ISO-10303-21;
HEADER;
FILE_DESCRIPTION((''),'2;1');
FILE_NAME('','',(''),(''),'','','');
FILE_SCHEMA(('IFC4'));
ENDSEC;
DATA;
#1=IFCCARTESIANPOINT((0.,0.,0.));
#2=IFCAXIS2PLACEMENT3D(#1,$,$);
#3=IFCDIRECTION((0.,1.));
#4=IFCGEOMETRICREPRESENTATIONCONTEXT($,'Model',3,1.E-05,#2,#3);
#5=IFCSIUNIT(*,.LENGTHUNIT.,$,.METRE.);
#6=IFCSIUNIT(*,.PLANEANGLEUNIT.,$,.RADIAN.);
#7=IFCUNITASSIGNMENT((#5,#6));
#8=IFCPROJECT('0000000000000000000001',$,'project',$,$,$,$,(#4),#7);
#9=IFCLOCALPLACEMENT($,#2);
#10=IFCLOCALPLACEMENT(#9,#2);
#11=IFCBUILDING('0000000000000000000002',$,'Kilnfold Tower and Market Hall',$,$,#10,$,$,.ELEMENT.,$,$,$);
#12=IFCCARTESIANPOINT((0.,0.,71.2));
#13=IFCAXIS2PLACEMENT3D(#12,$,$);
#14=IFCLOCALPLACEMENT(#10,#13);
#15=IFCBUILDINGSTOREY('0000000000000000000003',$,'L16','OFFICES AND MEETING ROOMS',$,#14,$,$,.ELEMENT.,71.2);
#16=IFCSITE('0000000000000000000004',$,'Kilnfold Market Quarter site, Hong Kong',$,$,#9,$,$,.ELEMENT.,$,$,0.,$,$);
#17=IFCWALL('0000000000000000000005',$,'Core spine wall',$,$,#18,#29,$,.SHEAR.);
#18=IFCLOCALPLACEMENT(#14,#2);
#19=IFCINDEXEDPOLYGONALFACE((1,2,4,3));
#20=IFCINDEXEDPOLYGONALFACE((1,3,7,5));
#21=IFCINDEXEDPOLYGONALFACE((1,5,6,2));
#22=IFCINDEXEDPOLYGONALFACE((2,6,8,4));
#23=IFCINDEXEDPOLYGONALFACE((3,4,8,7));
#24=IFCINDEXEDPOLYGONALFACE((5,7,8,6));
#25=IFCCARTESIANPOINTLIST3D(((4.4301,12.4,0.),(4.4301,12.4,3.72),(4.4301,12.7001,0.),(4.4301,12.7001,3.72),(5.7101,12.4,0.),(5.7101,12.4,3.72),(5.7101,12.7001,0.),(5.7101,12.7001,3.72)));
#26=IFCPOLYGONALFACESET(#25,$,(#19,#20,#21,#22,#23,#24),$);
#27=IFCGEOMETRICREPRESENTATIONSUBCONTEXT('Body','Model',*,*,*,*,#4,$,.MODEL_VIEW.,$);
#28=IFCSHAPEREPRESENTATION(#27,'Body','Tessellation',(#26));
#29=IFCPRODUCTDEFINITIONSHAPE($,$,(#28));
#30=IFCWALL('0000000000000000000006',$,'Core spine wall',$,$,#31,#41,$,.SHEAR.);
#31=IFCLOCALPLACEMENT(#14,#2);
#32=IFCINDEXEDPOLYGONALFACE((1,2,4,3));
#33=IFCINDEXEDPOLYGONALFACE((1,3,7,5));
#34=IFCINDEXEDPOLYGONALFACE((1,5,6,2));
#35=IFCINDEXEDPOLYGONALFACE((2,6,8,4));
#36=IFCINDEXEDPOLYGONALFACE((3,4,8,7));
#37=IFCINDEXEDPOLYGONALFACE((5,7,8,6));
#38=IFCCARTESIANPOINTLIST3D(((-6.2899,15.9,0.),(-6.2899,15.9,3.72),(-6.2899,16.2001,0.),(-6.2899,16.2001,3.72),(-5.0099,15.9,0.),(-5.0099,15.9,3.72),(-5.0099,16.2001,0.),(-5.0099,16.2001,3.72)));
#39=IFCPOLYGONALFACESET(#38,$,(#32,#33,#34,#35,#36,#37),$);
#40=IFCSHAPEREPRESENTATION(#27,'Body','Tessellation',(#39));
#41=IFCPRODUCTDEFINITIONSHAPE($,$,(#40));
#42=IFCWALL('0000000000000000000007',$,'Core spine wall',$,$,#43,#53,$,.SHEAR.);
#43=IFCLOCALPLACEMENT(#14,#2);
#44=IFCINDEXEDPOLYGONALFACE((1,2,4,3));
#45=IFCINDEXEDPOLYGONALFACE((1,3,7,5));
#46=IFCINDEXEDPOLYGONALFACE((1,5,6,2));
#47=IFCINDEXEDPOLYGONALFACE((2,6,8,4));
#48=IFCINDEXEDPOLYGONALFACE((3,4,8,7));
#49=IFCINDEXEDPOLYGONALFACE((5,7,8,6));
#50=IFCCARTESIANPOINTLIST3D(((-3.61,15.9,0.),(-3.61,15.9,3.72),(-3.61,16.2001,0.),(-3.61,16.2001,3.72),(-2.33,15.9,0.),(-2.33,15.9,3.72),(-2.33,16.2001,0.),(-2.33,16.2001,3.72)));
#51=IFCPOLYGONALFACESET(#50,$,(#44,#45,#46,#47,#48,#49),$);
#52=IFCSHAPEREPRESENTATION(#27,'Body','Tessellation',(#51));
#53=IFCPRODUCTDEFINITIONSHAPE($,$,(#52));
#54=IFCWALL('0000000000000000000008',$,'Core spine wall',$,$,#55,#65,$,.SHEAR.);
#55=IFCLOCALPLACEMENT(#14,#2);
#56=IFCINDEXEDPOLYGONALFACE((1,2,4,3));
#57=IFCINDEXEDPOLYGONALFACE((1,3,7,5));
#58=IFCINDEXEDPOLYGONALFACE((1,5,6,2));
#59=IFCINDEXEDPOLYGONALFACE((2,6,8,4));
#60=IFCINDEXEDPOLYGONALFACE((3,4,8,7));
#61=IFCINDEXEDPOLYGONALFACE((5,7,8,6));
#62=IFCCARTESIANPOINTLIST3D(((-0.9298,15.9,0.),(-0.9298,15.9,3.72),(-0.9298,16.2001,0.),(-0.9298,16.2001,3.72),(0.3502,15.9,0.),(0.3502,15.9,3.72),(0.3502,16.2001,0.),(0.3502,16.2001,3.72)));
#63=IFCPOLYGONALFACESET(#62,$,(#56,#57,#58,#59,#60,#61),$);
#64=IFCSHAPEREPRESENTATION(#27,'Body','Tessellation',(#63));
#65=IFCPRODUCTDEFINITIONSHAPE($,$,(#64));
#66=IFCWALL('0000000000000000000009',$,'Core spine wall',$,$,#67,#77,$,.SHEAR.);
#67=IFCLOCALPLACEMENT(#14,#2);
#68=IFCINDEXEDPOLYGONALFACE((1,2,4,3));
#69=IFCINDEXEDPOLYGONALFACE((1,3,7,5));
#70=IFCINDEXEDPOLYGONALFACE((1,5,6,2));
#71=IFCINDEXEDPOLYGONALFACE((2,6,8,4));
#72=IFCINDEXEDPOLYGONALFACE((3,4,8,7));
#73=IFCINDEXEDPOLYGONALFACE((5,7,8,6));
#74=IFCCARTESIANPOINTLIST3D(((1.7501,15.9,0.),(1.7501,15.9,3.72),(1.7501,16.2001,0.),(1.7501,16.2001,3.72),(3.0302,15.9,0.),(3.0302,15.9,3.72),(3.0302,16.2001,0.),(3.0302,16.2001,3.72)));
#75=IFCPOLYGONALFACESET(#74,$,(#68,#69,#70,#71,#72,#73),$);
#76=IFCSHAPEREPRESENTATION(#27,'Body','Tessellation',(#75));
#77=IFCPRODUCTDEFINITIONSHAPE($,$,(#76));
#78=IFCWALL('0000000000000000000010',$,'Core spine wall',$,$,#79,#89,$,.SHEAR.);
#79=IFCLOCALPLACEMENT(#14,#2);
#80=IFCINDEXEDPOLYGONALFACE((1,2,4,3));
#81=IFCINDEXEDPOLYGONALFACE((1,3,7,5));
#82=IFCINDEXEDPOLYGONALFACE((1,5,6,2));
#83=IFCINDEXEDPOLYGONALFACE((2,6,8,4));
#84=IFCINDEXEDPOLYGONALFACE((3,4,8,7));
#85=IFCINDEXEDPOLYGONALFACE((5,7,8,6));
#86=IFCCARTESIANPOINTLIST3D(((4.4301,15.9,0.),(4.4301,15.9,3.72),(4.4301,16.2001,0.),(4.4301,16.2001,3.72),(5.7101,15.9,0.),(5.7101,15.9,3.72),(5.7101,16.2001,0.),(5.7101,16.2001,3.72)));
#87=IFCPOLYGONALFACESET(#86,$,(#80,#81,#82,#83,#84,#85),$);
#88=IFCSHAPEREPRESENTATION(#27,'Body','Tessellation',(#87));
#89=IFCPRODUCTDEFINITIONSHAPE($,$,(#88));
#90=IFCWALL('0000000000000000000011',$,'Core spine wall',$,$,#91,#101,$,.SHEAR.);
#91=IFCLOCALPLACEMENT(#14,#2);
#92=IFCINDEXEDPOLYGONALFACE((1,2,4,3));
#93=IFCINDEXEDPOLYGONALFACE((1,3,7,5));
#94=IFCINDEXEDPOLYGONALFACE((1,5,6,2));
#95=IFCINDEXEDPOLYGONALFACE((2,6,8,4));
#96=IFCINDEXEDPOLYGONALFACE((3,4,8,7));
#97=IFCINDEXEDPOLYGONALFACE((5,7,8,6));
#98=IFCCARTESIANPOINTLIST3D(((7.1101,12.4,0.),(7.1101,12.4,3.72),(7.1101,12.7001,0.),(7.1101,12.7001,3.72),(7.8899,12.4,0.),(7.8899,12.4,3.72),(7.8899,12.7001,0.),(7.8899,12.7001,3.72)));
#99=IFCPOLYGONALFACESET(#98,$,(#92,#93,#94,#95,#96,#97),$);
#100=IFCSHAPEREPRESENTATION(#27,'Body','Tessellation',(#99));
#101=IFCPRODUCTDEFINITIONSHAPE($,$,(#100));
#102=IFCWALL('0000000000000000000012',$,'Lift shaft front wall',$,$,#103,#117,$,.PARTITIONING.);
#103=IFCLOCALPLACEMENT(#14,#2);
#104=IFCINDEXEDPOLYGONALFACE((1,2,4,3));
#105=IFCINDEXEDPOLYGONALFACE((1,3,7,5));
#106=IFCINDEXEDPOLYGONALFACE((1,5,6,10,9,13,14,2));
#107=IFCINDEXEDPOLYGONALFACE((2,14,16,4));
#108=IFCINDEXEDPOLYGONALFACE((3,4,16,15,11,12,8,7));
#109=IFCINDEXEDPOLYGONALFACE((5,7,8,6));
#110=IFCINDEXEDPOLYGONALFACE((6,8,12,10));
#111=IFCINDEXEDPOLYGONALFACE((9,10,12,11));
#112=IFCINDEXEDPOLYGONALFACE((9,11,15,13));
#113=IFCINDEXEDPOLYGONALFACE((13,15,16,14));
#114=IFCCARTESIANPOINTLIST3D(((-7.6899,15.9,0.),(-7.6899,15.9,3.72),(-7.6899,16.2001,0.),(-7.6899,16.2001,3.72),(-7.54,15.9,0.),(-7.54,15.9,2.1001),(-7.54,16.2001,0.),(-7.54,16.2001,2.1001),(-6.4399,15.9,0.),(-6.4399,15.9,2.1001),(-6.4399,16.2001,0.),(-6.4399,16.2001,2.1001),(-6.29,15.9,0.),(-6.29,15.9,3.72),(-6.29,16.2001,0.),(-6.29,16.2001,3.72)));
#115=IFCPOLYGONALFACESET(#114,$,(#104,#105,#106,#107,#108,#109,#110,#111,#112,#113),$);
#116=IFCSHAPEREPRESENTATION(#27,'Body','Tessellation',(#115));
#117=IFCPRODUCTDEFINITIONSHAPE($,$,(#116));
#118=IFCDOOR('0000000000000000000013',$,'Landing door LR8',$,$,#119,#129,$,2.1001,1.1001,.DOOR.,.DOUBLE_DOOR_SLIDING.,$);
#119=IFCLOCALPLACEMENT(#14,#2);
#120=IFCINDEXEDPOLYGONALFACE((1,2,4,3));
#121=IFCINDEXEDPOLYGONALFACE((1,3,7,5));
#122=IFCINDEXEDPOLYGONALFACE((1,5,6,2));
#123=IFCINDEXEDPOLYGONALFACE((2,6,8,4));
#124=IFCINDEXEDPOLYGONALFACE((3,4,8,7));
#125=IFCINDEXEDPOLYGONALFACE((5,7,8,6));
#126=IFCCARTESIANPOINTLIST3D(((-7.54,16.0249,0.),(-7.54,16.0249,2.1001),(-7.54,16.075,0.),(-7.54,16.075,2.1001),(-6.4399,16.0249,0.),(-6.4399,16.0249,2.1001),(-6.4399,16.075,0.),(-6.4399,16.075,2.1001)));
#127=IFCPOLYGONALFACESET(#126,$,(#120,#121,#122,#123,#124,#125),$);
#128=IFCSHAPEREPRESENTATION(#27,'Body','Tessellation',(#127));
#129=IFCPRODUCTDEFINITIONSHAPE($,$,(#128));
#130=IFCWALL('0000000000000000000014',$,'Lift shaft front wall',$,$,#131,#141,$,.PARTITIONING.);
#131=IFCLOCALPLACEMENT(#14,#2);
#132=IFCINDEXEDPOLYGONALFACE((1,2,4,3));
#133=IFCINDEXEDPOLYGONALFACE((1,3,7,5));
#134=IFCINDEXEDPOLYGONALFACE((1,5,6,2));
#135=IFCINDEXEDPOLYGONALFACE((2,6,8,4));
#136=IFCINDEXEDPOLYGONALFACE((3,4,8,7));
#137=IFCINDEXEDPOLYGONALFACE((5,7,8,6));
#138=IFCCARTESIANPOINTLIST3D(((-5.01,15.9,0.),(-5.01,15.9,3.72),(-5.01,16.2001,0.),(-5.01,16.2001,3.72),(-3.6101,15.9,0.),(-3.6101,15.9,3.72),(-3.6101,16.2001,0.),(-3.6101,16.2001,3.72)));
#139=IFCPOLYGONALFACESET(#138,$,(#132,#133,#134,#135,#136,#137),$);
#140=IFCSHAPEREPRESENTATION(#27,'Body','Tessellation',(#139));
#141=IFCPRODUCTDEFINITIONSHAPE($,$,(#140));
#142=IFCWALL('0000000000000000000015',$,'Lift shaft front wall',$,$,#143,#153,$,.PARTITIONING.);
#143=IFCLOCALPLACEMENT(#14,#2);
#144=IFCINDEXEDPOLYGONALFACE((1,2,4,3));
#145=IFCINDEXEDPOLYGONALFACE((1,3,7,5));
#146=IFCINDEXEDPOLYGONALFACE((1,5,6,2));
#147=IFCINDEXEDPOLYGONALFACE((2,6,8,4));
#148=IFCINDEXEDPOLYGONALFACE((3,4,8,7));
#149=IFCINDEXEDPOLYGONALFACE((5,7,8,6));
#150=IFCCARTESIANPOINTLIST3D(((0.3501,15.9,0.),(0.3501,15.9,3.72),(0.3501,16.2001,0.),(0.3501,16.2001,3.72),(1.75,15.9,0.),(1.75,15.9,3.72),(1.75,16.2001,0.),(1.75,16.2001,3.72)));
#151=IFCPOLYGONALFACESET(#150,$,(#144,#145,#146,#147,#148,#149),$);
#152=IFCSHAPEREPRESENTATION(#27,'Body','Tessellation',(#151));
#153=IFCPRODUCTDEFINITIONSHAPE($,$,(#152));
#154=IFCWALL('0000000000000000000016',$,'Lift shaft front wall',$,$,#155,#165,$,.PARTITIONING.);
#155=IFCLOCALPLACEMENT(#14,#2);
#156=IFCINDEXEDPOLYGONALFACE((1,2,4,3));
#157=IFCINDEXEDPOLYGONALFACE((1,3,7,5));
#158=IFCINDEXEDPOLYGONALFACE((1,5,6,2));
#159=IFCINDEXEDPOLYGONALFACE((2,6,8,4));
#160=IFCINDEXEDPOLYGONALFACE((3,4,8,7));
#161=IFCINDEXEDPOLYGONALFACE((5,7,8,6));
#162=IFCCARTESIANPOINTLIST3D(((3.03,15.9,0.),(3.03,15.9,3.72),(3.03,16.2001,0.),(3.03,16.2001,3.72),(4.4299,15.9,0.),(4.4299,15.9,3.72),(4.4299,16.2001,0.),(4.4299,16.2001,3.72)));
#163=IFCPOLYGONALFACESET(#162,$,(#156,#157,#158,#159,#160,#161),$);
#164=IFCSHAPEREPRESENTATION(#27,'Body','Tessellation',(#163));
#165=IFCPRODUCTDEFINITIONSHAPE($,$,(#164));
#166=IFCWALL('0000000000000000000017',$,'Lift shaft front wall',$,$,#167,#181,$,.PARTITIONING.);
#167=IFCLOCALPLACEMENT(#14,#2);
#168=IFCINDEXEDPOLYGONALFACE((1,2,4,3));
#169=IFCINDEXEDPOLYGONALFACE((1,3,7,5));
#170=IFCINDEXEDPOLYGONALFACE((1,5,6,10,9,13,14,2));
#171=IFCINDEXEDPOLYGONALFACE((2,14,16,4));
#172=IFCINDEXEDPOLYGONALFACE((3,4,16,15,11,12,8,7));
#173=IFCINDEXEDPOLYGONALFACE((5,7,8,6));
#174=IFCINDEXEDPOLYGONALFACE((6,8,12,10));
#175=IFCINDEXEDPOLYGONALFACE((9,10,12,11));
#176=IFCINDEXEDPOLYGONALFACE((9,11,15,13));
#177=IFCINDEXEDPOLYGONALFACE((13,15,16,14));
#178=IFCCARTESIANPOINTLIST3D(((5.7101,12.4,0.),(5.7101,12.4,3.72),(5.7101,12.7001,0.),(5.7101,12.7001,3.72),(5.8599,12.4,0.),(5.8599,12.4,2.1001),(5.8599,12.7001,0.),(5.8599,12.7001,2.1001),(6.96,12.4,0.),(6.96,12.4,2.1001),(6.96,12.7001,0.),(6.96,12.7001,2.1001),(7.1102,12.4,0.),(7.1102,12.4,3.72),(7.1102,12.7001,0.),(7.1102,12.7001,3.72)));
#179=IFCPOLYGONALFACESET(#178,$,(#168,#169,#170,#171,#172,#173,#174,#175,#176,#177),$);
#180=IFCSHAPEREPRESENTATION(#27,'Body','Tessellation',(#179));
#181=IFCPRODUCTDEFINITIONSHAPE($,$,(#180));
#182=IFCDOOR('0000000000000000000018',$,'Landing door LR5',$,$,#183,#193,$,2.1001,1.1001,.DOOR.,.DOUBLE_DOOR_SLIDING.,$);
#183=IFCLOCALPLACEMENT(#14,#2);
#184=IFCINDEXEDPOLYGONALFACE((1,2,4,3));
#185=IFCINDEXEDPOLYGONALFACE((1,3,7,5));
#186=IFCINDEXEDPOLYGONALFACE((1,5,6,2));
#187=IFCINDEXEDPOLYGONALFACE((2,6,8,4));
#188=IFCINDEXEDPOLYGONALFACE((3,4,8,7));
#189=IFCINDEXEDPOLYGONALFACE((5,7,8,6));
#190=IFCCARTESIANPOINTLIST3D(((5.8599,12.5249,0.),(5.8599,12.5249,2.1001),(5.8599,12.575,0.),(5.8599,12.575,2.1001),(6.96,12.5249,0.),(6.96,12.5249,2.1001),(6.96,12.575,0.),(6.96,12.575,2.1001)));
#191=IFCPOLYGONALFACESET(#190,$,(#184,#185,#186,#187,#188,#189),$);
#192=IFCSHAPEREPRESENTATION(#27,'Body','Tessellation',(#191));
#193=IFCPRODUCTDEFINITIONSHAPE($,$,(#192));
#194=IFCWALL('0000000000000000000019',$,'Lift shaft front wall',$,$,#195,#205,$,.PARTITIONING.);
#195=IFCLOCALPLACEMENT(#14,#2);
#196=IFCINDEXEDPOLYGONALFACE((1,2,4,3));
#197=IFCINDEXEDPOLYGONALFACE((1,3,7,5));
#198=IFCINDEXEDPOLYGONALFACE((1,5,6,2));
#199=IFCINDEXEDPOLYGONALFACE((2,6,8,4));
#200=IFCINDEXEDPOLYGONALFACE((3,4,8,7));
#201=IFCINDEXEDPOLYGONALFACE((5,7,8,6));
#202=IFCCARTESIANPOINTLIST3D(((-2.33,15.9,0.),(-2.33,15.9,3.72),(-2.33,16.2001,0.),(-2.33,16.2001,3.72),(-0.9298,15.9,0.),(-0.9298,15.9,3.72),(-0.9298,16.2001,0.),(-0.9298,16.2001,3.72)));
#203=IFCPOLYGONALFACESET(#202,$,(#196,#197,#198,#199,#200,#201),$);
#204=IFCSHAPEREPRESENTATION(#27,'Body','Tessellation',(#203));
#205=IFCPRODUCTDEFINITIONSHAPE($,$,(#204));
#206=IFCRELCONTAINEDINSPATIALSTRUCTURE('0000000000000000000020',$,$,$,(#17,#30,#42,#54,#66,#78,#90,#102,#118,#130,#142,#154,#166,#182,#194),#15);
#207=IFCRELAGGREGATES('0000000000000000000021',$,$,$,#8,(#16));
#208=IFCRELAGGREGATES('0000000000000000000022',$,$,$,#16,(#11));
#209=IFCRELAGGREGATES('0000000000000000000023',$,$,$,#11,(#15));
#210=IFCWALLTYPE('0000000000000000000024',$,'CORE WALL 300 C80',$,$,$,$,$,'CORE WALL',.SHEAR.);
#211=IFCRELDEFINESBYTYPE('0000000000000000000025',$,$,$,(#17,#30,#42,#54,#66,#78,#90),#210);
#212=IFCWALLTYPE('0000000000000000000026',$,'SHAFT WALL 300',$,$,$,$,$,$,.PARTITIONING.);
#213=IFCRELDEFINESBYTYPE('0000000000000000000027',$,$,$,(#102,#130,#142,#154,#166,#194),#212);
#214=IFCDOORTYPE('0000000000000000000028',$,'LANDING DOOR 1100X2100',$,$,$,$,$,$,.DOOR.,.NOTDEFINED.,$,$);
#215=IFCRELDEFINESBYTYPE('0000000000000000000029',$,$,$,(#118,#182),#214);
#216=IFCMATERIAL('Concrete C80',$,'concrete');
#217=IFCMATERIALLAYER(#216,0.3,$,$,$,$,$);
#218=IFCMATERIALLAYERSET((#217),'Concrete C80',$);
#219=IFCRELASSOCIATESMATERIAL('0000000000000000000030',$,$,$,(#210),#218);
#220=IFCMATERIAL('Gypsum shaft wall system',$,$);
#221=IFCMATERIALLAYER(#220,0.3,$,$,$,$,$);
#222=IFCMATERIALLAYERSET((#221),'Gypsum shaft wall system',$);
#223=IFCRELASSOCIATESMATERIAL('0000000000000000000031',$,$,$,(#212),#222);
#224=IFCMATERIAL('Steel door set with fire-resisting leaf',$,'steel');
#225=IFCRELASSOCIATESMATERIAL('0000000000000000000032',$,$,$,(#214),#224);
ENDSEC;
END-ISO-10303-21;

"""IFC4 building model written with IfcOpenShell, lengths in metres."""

from ifc_helpers import new_model, si_unit, direction, frame, frame_2d, origin, place, context, subcontext, project, spatial, rectangle, extrude, source, transform, mapped, material, layer, layer_set, type_object, element, fill, save


model = new_model("IFC4")

# Units and contexts
model_context = context("Model", 3, precision=1e-05, world=origin(), true_north=direction((0.0, 1.0)))
body_context = subcontext(model_context, "Body", "Model", "MODEL_VIEW")
ifc_project = project(units=[si_unit("LENGTHUNIT", "METRE"), si_unit("PLANEANGLEUNIT", "RADIAN")], contexts=[model_context])

# Site, building, storey
site_placement = place(None, origin())
site = spatial("IfcSite", under=ifc_project, at=site_placement, Name="Kilnfold Market Quarter site, Hong Kong", CompositionType="ELEMENT", RefElevation=0.0)
building_placement = place(site_placement, origin())
building = spatial("IfcBuilding", under=site, at=building_placement, Name="Kilnfold Tower and Market Hall", CompositionType="ELEMENT")
storey_placement = place(building_placement, frame((0.0, 0.0, 71.2)))
storey = spatial("IfcBuildingStorey", under=building, at=storey_placement, Name="L16", Description="OFFICES AND MEETING ROOMS", CompositionType="ELEMENT", Elevation=71.2)

# Walls
ifc_material_1 = material(Name="Concrete C80", Category="concrete")
ifc_layer_1 = layer(ifc_material_1, 0.3)
ifc_layer_set_1 = layer_set([ifc_layer_1], Name="Concrete C80")
wall_type_1 = type_object("IfcWallType", Name="CORE WALL 300 C80", ElementType="CORE WALL", PredefinedType="SHEAR", material=ifc_layer_set_1)
shared_shape_1 = source(origin(), body_context, "Body", "SweptSolid", [
    extrude(rectangle(XDim=1.28, YDim=0.3, at=frame_2d((0.6401, 0.0))), origin(), (0.0, 0.0, 1.0), 3.72),
])
for number, where, z_axis, x_axis, name in (
    (1, (4.4299, 12.55, 0.0), (0.0, 0.0, 1.0), (1.0, 0.0, 0.0), "Core spine wall"),
    (2, (-6.29, 16.05, 0.0), (0.0, 0.0, 1.0), (1.0, 0.0, 0.0), "Core spine wall"),
    (3, (-3.6101, 16.05, 0.0), (0.0, 0.0, 1.0), (1.0, 0.0, 0.0), "Core spine wall"),
    (4, (-0.9299, 16.05, 0.0), (0.0, 0.0, 1.0), (1.0, 0.0, 0.0), "Core spine wall"),
    (5, (1.75, 16.05, 0.0), (0.0, 0.0, 1.0), (1.0, 0.0, 0.0), "Core spine wall"),
    (6, (4.4299, 16.05, 0.0), (0.0, 0.0, 1.0), (1.0, 0.0, 0.0), "Core spine wall"),
):
    element("IfcWall", number, at=place(storey_placement, frame(where, z_axis=z_axis, x_axis=x_axis)), inside=storey, type_object=wall_type_1, Name=name, PredefinedType="SHEAR", context=body_context, shape_type="MappedRepresentation", body=[
        mapped(shared_shape_1, transform((0.0, 0.0, 0.0))),
    ])
shared_shape_2 = source(origin(), body_context, "Body", "SweptSolid", [
    extrude(rectangle(XDim=0.7798, YDim=0.3, at=frame_2d((0.3899, 0.0))), origin(), (0.0, 0.0, 1.0), 3.72),
])
wall_1_placement = place(storey_placement, frame((7.1101, 12.55, 0.0), z_axis=(0.0, 0.0, 1.0), x_axis=(1.0, 0.0, 0.0)))
element("IfcWall", 7, at=wall_1_placement, inside=storey, type_object=wall_type_1, Name="Core spine wall", PredefinedType="SHEAR", context=body_context, shape_type="MappedRepresentation", body=[
    mapped(shared_shape_2, transform((0.0, 0.0, 0.0))),
])

# Wall, opening, door
ifc_material_2 = material(Name="Gypsum shaft wall system")
ifc_layer_2 = layer(ifc_material_2, 0.3)
ifc_layer_set_2 = layer_set([ifc_layer_2], Name="Gypsum shaft wall system")
wall_type_2 = type_object("IfcWallType", Name="SHAFT WALL 300", PredefinedType="PARTITIONING", material=ifc_layer_set_2)
shared_shape_3 = source(origin(), body_context, "Body", "SweptSolid", [
    extrude(rectangle(XDim=1.3999, YDim=0.3, at=frame_2d((0.7, 0.0))), origin(), (0.0, 0.0, 1.0), 3.72),
])
wall_2_placement = place(storey_placement, frame((-7.6899, 16.05, 0.0), z_axis=(0.0, 0.0, 1.0), x_axis=(1.0, 0.0, 0.0)))
wall_2 = element("IfcWall", 8, at=wall_2_placement, inside=storey, type_object=wall_type_2, Name="Lift shaft front wall", PredefinedType="PARTITIONING", context=body_context, shape_type="MappedRepresentation", body=[
    mapped(shared_shape_3, transform((0.0, 0.0, 0.0))),
])
opening_1_placement = place(wall_2_placement, frame((0.1499, 0.0, 0.0)))
opening_1 = element("IfcOpeningElement", 9, at=opening_1_placement, cuts=wall_2, PredefinedType="OPENING", context=body_context, shape_type="SweptSolid", body=[
    extrude(rectangle(XDim=1.1001, YDim=2.1001, at=frame_2d((0.55, 1.05))), frame((0.0, 0.1602, 0.0), z_axis=(0.0, -1.0, 0.0), x_axis=(1.0, 0.0, 0.0)), (0.0, 0.0, 1.0), 0.3201),
])
ifc_material_3 = material(Name="Steel door set with fire-resisting leaf", Category="steel")
door_type = type_object("IfcDoorType", Name="LANDING DOOR 1100X2100", OperationType="NOTDEFINED", PredefinedType="DOOR", material=ifc_material_3)
door_1_placement = place(opening_1_placement, origin())
door_1 = element("IfcDoor", 10, at=door_1_placement, inside=storey, type_object=door_type, Name="Landing door LR8", OperationType="DOUBLE_DOOR_SLIDING", OverallHeight=2.1001, OverallWidth=1.1001, PredefinedType="DOOR", context=body_context, shape_type="SweptSolid", body=[
    extrude(rectangle(XDim=1.1001, YDim=2.1001, at=frame_2d((0.55, 1.05))), frame((0.0, 0.0249, 0.0), z_axis=(0.0, -1.0, 0.0), x_axis=(1.0, 0.0, 0.0)), (0.0, 0.0, 1.0), 0.05),
])
fill(opening_1, door_1)

# Walls
for number, where, z_axis, x_axis, name in (
    (11, (-5.01, 16.05, 0.0), (0.0, 0.0, 1.0), (1.0, 0.0, 0.0), "Lift shaft front wall"),
    (12, (0.3501, 16.05, 0.0), (0.0, 0.0, 1.0), (1.0, 0.0, 0.0), "Lift shaft front wall"),
    (13, (3.03, 16.05, 0.0), (0.0, 0.0, 1.0), (1.0, 0.0, 0.0), "Lift shaft front wall"),
):
    element("IfcWall", number, at=place(storey_placement, frame(where, z_axis=z_axis, x_axis=x_axis)), inside=storey, type_object=wall_type_2, Name=name, PredefinedType="PARTITIONING", context=body_context, shape_type="MappedRepresentation", body=[
        mapped(shared_shape_3, transform((0.0, 0.0, 0.0))),
    ])

# Wall, opening, door
shared_shape_4 = source(origin(), body_context, "Body", "SweptSolid", [
    extrude(rectangle(XDim=1.4001, YDim=0.3, at=frame_2d((0.7002, 0.0))), origin(), (0.0, 0.0, 1.0), 3.72),
])
wall_3_placement = place(storey_placement, frame((5.71, 12.55, 0.0), z_axis=(0.0, 0.0, 1.0), x_axis=(1.0, 0.0, 0.0)))
wall_3 = element("IfcWall", 14, at=wall_3_placement, inside=storey, type_object=wall_type_2, Name="Lift shaft front wall", PredefinedType="PARTITIONING", context=body_context, shape_type="MappedRepresentation", body=[
    mapped(shared_shape_4, transform((0.0, 0.0, 0.0))),
])
opening_2_placement = place(wall_3_placement, frame((0.1499, 0.0, 0.0)))
opening_2 = element("IfcOpeningElement", 15, at=opening_2_placement, cuts=wall_3, PredefinedType="OPENING", context=body_context, shape_type="SweptSolid", body=[
    extrude(rectangle(XDim=1.1001, YDim=2.1001, at=frame_2d((0.55, 1.05))), frame((0.0, 0.1602, 0.0), z_axis=(0.0, -1.0, 0.0), x_axis=(1.0, 0.0, 0.0)), (0.0, 0.0, 1.0), 0.3201),
])
door_2_placement = place(opening_2_placement, origin())
door_2 = element("IfcDoor", 16, at=door_2_placement, inside=storey, type_object=door_type, Name="Landing door LR5", OperationType="DOUBLE_DOOR_SLIDING", OverallHeight=2.1001, OverallWidth=1.1001, PredefinedType="DOOR", context=body_context, shape_type="SweptSolid", body=[
    extrude(rectangle(XDim=1.1001, YDim=2.1001, at=frame_2d((0.55, 1.05))), frame((0.0, 0.0249, 0.0), z_axis=(0.0, -1.0, 0.0), x_axis=(1.0, 0.0, 0.0)), (0.0, 0.0, 1.0), 0.05),
])
fill(opening_2, door_2)

# Wall
for number, where, z_axis, x_axis, name in (
    (17, (-2.3301, 16.05, 0.0), (0.0, 0.0, 1.0), (1.0, 0.0, 0.0), "Lift shaft front wall"),
):
    element("IfcWall", number, at=place(storey_placement, frame(where, z_axis=z_axis, x_axis=x_axis)), inside=storey, type_object=wall_type_2, Name=name, PredefinedType="PARTITIONING", context=body_context, shape_type="MappedRepresentation", body=[
        mapped(shared_shape_4, transform((0.0, 0.0, 0.0))),
    ])

save(model, "model.ifc")
